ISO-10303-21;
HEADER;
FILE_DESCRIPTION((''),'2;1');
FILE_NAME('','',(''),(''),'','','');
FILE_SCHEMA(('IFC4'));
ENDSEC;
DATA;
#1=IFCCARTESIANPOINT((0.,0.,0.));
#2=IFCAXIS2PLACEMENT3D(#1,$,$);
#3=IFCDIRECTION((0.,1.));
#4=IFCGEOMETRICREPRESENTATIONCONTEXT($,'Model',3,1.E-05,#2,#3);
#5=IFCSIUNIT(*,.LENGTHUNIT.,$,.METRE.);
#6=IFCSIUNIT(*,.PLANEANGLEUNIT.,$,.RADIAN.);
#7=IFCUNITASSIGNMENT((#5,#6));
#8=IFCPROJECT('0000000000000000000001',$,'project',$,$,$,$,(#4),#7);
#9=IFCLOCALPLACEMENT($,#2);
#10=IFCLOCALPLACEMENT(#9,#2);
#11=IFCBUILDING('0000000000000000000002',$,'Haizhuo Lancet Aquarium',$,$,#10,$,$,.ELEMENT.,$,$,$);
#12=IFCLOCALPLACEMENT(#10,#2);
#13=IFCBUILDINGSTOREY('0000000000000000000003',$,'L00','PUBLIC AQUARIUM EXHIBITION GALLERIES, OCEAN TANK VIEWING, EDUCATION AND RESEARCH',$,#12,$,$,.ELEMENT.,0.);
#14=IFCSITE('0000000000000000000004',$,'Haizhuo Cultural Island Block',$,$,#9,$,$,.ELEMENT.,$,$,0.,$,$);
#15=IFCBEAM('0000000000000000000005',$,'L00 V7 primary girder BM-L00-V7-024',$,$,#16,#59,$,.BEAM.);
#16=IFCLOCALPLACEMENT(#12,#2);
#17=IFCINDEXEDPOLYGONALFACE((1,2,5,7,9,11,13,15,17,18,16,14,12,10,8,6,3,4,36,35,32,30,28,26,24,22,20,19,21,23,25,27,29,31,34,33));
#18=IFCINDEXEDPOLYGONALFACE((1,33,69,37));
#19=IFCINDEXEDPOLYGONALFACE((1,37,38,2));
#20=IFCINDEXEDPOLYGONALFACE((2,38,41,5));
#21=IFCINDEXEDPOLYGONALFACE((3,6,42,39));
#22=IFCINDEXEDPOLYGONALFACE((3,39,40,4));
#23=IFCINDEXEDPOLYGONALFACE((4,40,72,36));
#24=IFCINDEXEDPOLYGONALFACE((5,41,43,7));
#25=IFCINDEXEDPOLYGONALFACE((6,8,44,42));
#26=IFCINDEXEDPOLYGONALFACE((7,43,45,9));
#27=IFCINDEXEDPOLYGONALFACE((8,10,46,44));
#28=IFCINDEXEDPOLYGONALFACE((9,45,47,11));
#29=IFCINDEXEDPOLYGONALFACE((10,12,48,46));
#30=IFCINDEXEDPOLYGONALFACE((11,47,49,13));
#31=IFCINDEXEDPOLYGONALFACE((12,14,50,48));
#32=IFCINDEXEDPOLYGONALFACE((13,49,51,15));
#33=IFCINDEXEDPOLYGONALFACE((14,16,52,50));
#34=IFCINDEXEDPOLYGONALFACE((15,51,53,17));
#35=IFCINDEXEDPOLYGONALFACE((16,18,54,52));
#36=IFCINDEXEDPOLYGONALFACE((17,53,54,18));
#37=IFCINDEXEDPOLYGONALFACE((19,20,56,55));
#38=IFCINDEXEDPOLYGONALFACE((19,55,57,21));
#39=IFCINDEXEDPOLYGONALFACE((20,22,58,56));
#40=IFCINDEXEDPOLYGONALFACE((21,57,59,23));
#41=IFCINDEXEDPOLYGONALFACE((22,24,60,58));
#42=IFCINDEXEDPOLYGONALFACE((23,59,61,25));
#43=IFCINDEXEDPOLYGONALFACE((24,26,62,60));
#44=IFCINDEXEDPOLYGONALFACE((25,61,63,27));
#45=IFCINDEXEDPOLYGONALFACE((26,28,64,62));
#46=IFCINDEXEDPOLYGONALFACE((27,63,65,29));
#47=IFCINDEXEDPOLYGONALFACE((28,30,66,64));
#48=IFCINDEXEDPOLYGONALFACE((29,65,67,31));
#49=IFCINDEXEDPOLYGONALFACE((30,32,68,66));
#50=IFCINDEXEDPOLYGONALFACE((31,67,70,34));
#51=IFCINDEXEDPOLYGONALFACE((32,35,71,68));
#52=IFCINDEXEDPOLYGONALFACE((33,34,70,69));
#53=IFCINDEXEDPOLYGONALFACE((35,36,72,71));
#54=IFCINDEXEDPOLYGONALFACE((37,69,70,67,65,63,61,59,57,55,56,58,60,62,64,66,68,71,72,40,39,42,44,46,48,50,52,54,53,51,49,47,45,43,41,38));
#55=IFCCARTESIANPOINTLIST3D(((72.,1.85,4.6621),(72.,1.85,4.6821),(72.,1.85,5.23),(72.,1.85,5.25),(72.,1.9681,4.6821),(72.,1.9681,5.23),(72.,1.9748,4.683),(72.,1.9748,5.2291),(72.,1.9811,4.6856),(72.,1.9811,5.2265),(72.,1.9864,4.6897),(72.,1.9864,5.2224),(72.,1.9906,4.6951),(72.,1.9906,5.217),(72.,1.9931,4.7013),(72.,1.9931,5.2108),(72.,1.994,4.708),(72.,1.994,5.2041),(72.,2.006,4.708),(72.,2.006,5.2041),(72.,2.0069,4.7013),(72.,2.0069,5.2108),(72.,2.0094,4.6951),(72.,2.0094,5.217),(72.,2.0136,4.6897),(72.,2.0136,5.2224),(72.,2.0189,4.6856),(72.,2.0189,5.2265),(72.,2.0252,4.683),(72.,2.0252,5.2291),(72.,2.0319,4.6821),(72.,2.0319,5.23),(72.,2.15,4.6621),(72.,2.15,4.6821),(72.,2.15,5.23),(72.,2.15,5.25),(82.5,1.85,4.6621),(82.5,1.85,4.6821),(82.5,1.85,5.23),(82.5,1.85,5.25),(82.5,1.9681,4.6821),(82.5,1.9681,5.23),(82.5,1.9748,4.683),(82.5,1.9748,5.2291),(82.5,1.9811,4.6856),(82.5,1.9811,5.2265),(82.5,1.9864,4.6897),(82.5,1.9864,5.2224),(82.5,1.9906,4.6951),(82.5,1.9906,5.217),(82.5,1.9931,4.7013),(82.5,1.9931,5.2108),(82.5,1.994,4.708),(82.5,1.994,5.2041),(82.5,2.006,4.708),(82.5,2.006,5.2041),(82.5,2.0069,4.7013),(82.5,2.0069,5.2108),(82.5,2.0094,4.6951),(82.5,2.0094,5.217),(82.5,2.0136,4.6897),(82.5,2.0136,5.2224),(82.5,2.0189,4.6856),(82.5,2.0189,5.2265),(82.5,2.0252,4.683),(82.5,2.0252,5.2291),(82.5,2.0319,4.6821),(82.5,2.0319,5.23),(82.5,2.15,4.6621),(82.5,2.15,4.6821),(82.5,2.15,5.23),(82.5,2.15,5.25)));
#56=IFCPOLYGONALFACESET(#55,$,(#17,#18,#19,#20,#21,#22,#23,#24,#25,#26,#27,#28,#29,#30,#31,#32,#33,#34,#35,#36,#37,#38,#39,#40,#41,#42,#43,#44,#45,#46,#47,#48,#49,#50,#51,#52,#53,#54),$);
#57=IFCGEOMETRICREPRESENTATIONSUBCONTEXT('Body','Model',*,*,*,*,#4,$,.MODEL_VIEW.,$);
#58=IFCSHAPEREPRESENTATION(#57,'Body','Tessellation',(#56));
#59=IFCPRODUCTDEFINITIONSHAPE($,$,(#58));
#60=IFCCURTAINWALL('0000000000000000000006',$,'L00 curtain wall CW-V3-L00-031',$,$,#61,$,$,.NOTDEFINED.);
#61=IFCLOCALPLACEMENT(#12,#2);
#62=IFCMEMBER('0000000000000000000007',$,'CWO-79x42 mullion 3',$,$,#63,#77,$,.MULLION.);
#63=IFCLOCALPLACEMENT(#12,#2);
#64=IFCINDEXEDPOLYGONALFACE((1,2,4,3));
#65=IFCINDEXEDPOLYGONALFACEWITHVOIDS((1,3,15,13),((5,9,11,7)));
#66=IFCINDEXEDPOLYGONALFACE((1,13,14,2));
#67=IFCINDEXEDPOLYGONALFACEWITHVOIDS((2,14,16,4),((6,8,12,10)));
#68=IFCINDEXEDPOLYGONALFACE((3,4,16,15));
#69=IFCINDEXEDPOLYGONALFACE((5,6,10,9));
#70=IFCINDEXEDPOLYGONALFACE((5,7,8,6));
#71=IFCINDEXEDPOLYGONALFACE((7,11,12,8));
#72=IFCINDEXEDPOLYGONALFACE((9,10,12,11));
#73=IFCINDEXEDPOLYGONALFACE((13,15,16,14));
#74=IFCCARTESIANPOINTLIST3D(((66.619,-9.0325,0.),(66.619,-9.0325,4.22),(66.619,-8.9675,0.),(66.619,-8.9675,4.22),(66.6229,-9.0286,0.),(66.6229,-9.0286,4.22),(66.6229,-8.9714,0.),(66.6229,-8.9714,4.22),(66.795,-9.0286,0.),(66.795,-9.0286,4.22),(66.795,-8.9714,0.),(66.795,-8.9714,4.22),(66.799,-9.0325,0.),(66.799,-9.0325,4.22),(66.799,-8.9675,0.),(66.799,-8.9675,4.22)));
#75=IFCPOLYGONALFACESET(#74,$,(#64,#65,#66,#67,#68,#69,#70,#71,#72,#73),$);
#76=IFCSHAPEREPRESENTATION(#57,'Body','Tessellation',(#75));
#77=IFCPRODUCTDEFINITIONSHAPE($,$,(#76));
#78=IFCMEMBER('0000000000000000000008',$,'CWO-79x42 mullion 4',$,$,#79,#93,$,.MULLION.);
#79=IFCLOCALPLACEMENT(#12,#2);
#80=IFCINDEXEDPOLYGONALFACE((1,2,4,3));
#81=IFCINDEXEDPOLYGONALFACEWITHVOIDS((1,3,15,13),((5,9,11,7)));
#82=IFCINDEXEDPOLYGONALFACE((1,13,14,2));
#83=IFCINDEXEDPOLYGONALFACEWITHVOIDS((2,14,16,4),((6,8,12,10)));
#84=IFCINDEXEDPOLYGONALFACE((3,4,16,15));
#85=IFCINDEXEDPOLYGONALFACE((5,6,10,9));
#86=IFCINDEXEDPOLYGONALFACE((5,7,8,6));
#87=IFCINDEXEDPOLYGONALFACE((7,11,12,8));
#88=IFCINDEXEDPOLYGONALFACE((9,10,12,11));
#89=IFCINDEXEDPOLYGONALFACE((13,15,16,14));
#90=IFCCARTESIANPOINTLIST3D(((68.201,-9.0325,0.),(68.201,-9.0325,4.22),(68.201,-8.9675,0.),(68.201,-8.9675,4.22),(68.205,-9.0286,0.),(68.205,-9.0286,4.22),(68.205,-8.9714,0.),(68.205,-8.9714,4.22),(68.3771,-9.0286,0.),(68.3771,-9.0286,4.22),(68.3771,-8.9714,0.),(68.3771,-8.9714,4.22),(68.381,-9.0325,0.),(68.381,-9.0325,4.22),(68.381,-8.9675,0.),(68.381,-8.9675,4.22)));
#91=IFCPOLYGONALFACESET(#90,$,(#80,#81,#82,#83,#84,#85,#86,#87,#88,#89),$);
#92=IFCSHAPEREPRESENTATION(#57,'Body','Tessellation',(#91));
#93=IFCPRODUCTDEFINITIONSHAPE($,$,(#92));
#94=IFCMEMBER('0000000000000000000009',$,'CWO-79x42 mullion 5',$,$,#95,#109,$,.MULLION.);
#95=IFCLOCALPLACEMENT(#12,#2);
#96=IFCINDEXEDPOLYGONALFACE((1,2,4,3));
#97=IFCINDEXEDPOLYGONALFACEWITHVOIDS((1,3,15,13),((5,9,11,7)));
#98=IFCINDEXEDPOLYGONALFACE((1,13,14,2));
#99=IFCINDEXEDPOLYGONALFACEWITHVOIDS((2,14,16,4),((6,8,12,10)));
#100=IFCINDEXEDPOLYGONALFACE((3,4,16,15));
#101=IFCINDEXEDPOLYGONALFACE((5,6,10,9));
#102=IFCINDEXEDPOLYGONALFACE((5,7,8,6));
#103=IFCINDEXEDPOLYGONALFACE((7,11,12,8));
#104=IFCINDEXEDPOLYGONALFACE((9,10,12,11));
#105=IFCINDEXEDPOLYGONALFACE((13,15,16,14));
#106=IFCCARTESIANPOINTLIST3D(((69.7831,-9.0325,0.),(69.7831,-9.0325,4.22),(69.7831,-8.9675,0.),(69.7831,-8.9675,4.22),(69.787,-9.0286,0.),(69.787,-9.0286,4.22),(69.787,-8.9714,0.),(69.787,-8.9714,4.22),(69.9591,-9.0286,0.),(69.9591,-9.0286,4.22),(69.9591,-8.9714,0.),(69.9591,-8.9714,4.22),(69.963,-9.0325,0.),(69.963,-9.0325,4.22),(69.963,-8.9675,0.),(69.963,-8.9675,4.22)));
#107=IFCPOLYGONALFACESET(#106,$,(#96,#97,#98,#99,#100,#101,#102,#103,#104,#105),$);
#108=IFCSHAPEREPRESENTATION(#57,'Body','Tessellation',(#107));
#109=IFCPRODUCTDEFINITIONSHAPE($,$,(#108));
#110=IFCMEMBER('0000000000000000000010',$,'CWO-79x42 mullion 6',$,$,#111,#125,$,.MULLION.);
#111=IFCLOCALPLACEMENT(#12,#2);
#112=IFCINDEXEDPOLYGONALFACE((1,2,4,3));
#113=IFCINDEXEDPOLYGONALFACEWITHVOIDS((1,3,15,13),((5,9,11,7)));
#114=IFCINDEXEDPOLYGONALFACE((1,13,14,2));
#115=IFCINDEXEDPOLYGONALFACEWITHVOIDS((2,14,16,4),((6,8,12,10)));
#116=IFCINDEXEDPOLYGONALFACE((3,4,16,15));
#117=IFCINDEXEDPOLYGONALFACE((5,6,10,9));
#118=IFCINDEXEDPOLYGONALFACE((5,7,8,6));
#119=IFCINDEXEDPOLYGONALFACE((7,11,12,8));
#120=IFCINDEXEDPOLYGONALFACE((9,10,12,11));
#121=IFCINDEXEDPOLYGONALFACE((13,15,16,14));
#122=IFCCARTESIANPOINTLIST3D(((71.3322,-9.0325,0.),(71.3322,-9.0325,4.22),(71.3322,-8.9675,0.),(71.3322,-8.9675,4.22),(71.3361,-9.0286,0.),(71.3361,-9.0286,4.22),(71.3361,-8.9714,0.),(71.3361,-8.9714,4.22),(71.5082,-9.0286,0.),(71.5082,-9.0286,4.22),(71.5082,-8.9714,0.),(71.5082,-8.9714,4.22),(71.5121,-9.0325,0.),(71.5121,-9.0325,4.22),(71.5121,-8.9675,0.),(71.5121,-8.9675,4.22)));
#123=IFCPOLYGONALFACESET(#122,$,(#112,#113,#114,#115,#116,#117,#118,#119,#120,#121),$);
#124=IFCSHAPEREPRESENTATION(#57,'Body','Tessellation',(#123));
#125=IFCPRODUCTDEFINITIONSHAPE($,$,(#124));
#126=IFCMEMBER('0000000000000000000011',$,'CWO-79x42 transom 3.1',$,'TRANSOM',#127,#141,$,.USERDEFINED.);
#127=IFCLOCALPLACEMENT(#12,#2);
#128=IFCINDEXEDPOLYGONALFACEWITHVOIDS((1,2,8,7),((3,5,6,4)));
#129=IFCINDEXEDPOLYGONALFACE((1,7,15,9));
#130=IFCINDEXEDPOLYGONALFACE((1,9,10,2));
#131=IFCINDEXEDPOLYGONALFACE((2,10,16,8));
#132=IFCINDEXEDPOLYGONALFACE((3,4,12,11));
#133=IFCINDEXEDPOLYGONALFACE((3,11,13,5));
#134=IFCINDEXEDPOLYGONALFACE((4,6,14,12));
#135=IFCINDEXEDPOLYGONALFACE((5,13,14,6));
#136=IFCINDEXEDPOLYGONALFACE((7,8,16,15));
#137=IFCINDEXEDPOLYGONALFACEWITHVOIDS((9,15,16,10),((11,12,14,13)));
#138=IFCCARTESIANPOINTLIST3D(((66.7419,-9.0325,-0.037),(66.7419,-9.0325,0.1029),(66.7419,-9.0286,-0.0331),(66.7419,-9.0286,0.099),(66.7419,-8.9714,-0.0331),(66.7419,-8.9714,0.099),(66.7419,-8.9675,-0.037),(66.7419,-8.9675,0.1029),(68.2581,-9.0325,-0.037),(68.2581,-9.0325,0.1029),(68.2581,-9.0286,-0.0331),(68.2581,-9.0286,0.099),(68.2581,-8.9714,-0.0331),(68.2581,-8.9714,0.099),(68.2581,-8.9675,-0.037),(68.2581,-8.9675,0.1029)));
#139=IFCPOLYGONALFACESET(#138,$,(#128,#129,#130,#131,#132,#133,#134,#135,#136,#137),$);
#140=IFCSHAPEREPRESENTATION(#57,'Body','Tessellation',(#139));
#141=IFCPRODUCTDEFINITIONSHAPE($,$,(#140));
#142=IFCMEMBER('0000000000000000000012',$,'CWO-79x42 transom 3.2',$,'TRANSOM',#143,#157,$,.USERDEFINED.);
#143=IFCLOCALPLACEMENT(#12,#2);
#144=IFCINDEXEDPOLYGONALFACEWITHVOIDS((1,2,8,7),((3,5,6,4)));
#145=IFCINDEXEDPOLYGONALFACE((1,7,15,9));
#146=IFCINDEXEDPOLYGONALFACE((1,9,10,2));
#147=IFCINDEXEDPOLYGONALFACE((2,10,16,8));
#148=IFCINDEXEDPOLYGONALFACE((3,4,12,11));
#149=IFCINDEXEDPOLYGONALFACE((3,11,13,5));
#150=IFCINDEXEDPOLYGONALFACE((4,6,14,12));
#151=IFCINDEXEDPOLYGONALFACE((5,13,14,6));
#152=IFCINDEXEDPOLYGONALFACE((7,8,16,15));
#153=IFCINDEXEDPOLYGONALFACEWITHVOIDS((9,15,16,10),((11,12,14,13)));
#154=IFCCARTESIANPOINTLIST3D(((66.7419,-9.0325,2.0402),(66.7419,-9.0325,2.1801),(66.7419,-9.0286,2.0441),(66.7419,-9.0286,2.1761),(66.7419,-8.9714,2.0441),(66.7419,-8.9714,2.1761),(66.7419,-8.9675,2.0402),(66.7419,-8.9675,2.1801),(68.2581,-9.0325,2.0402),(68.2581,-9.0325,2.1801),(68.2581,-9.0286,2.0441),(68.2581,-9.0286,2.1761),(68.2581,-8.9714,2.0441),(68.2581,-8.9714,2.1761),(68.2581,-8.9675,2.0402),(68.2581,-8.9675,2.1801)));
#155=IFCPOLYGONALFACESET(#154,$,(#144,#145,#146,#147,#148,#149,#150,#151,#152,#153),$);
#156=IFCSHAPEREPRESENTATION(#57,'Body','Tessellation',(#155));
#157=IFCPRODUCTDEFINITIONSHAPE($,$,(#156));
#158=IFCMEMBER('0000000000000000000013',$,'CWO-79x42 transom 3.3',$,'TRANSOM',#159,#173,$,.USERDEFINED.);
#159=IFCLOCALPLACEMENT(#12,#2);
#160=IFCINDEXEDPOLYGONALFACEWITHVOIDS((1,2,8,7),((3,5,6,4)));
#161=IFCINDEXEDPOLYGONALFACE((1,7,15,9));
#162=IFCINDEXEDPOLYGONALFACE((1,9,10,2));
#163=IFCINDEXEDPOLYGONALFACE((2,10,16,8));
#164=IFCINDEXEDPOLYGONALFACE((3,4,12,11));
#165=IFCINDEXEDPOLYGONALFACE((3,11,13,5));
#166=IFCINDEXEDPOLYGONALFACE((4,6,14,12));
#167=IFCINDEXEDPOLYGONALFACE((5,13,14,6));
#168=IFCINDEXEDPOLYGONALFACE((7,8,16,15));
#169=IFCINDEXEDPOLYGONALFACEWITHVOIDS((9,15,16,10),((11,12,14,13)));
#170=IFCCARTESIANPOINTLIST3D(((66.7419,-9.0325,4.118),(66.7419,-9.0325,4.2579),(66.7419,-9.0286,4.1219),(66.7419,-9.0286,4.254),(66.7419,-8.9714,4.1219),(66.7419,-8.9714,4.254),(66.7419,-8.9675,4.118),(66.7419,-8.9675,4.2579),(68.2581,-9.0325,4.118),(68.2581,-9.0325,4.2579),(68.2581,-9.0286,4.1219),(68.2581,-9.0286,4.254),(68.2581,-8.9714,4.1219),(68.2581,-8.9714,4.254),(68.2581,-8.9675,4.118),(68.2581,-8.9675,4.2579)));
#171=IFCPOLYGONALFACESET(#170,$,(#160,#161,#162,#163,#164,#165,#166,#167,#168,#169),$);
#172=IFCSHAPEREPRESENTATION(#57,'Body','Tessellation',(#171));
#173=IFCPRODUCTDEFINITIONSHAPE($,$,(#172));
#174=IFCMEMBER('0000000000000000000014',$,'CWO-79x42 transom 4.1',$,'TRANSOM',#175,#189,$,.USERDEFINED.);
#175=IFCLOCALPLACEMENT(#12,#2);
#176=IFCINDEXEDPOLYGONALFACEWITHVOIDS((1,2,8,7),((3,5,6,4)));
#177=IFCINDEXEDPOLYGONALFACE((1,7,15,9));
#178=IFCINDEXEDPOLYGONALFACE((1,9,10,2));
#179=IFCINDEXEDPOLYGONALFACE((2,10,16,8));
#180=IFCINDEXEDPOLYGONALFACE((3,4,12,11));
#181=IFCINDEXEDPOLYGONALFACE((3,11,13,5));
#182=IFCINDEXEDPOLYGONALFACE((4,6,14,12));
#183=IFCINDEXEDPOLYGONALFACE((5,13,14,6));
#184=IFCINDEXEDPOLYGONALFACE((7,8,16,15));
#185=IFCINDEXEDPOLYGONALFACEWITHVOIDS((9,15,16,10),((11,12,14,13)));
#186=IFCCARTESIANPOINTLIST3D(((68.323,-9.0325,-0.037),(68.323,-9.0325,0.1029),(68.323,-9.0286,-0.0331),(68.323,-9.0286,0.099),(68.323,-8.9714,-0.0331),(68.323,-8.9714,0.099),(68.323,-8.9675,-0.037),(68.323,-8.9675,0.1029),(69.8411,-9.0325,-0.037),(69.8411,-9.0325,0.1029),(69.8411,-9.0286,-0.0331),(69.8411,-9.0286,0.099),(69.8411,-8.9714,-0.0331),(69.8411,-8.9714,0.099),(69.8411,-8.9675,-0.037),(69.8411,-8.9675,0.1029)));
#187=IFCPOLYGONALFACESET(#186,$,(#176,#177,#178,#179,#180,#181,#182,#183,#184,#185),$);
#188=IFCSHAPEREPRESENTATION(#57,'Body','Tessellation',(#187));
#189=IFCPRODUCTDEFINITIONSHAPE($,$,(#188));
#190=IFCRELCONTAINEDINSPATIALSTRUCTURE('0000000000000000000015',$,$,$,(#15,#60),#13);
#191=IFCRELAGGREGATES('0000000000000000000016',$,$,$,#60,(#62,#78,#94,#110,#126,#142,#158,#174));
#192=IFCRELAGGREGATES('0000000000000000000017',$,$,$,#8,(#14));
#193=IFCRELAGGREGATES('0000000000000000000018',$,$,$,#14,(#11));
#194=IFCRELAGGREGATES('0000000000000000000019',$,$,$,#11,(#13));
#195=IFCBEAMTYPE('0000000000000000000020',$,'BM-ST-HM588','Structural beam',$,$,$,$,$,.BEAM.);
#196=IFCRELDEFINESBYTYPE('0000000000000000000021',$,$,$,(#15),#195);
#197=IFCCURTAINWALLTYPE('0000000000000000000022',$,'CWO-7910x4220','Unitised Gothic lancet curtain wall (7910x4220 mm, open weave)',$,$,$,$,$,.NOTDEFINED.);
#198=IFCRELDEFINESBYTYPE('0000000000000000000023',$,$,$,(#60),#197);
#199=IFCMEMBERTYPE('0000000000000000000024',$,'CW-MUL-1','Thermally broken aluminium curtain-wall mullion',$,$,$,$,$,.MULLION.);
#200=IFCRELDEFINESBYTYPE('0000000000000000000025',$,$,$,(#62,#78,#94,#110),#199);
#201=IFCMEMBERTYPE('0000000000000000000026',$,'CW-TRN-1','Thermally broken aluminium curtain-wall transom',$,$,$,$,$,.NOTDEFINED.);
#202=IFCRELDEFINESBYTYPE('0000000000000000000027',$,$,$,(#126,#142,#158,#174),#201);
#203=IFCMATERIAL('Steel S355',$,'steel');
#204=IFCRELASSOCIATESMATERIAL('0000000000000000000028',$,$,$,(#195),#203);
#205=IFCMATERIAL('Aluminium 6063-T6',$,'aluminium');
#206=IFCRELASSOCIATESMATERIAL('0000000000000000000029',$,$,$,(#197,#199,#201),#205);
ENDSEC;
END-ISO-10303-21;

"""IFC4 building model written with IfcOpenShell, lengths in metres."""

from ifc_helpers import new_model, si_unit, direction, frame, origin, origin_2d, place, context, subcontext, project, spatial, hollow_rectangle, i_section, extrude, material, material_profile, profile_set, type_object, element, aggregate, save


model = new_model("IFC4")

# Units and contexts
model_context = context("Model", 3, precision=1e-05, world=origin(), true_north=direction((0.0, 1.0)))
body_context = subcontext(model_context, "Body", "Model", "MODEL_VIEW")
ifc_project = project(units=[si_unit("LENGTHUNIT", "METRE"), si_unit("PLANEANGLEUNIT", "RADIAN")], contexts=[model_context])

# Site, building, storey
site_placement = place(None, origin())
site = spatial("IfcSite", under=ifc_project, at=site_placement, Name="Haizhuo Cultural Island Block", CompositionType="ELEMENT", RefElevation=0.0)
building_placement = place(site_placement, origin())
building = spatial("IfcBuilding", under=site, at=building_placement, Name="Haizhuo Lancet Aquarium", CompositionType="ELEMENT")
storey_placement = place(building_placement, origin())
storey = spatial("IfcBuildingStorey", under=building, at=storey_placement, Name="L00", Description="PUBLIC AQUARIUM EXHIBITION GALLERIES, OCEAN TANK VIEWING, EDUCATION AND RESEARCH", CompositionType="ELEMENT", Elevation=0.0)

# Shared definitions
ifc_material_1 = material(Name="Steel S355", Category="steel")

# Beam
ifc_material_profile_1 = material_profile(ifc_material_1, i_section(OverallWidth=0.3, OverallDepth=0.5879, WebThickness=0.012, FlangeThickness=0.02, FilletRadius=0.0259, at=origin_2d()), Name="HM 588x300x12x20")
ifc_profile_set_1 = profile_set([ifc_material_profile_1], Name="Steel S355")
beam_type_1 = type_object("IfcBeamType", Name="BM-ST-HM588", Description="Structural beam", PredefinedType="BEAM", material=ifc_profile_set_1)
beam_1_placement = place(storey_placement, frame((72.0, 2.0, 4.9561), z_axis=(1.0, 0.0, 0.0), x_axis=(0.0, 1.0, 0.0)))
element("IfcBeam", 1, at=beam_1_placement, inside=storey, type_object=beam_type_1, Name="L00 V7 primary girder BM-L00-V7-024", PredefinedType="BEAM", context=body_context, shape_type="SweptSolid", body=[
    extrude(i_section(OverallWidth=0.3, OverallDepth=0.5879, WebThickness=0.012, FlangeThickness=0.02, FilletRadius=0.0259, at=origin_2d()), origin(), (0.0, 0.0, 1.0), 10.5),
])

# Curtain wall, members
ifc_material_2 = material(Name="Aluminium 6063-T6", Category="aluminium")
curtain_wall_type = type_object("IfcCurtainWallType", Name="CWO-7910x4220", Description="Unitised Gothic lancet curtain wall (7910x4220 mm, open weave)", PredefinedType="NOTDEFINED", material=ifc_material_2)
curtain_wall_placement = place(storey_placement, origin())
curtain_wall = element("IfcCurtainWall", 2, at=curtain_wall_placement, inside=storey, type_object=curtain_wall_type, Name="L00 curtain wall CW-V3-L00-031", PredefinedType="NOTDEFINED")
ifc_material_profile_2 = material_profile(ifc_material_2, hollow_rectangle(XDim=0.0649, YDim=0.1799, WallThickness=0.0039, at=origin_2d()), Name="ALU-M 65x180x4")
ifc_profile_set_2 = profile_set([ifc_material_profile_2], Name="Aluminium 6063-T6")
member_type_1 = type_object("IfcMemberType", Name="CW-MUL-1", Description="Thermally broken aluminium curtain-wall mullion", PredefinedType="MULLION", material=ifc_profile_set_2)
member_1_placement = place(storey_placement, frame((66.709, -9.0, 0.0), z_axis=(0.0, 0.0, 1.0), x_axis=(0.0, 1.0, 0.0)))
member_1 = element("IfcMember", 3, at=member_1_placement, type_object=member_type_1, Name="CWO-79x42 mullion 3", PredefinedType="MULLION", context=body_context, shape_type="SweptSolid", body=[
    extrude(hollow_rectangle(XDim=0.0649, YDim=0.1799, WallThickness=0.0039, at=origin_2d()), origin(), (0.0, 0.0, 1.0), 4.22),
])
member_2_placement = place(storey_placement, frame((68.291, -9.0, 0.0), z_axis=(0.0, 0.0, 1.0), x_axis=(0.0, 1.0, 0.0)))
member_2 = element("IfcMember", 4, at=member_2_placement, type_object=member_type_1, Name="CWO-79x42 mullion 4", PredefinedType="MULLION", context=body_context, shape_type="SweptSolid", body=[
    extrude(hollow_rectangle(XDim=0.0649, YDim=0.1799, WallThickness=0.0039, at=origin_2d()), origin(), (0.0, 0.0, 1.0), 4.22),
])
member_3_placement = place(storey_placement, frame((69.873, -9.0, 0.0), z_axis=(0.0, 0.0, 1.0), x_axis=(0.0, 1.0, 0.0)))
member_3 = element("IfcMember", 5, at=member_3_placement, type_object=member_type_1, Name="CWO-79x42 mullion 5", PredefinedType="MULLION", context=body_context, shape_type="SweptSolid", body=[
    extrude(hollow_rectangle(XDim=0.0649, YDim=0.1799, WallThickness=0.0039, at=origin_2d()), origin(), (0.0, 0.0, 1.0), 4.22),
])
member_4_placement = place(storey_placement, frame((71.4221, -9.0, 0.0), z_axis=(0.0, 0.0, 1.0), x_axis=(0.0, 1.0, 0.0)))
member_4 = element("IfcMember", 6, at=member_4_placement, type_object=member_type_1, Name="CWO-79x42 mullion 6", PredefinedType="MULLION", context=body_context, shape_type="SweptSolid", body=[
    extrude(hollow_rectangle(XDim=0.0649, YDim=0.1799, WallThickness=0.0039, at=origin_2d()), origin(), (0.0, 0.0, 1.0), 4.22),
])
ifc_material_profile_3 = material_profile(ifc_material_2, hollow_rectangle(XDim=0.0649, YDim=0.1399, WallThickness=0.0039, at=origin_2d()), Name="ALU-T 65x140x4")
ifc_profile_set_3 = profile_set([ifc_material_profile_3], Name="Aluminium 6063-T6")
member_type_2 = type_object("IfcMemberType", Name="CW-TRN-1", Description="Thermally broken aluminium curtain-wall transom", PredefinedType="NOTDEFINED", material=ifc_profile_set_3)
member_5_placement = place(storey_placement, frame((66.7419, -9.0, 0.033), z_axis=(1.0, 0.0, 0.0), x_axis=(0.0, 1.0, 0.0)))
member_5 = element("IfcMember", 7, at=member_5_placement, type_object=member_type_2, Name="CWO-79x42 transom 3.1", ObjectType="TRANSOM", PredefinedType="USERDEFINED", context=body_context, shape_type="SweptSolid", body=[
    extrude(hollow_rectangle(XDim=0.0649, YDim=0.1399, WallThickness=0.0039, at=origin_2d()), origin(), (0.0, 0.0, 1.0), 1.5161),
])
member_6_placement = place(storey_placement, frame((66.7419, -9.0, 2.1101), z_axis=(1.0, 0.0, 0.0), x_axis=(0.0, 1.0, 0.0)))
member_6 = element("IfcMember", 8, at=member_6_placement, type_object=member_type_2, Name="CWO-79x42 transom 3.2", ObjectType="TRANSOM", PredefinedType="USERDEFINED", context=body_context, shape_type="SweptSolid", body=[
    extrude(hollow_rectangle(XDim=0.0649, YDim=0.1399, WallThickness=0.0039, at=origin_2d()), origin(), (0.0, 0.0, 1.0), 1.5161),
])
member_7_placement = place(storey_placement, frame((66.7419, -9.0, 4.188), z_axis=(1.0, 0.0, 0.0), x_axis=(0.0, 1.0, 0.0)))
member_7 = element("IfcMember", 9, at=member_7_placement, type_object=member_type_2, Name="CWO-79x42 transom 3.3", ObjectType="TRANSOM", PredefinedType="USERDEFINED", context=body_context, shape_type="SweptSolid", body=[
    extrude(hollow_rectangle(XDim=0.0649, YDim=0.1399, WallThickness=0.0039, at=origin_2d()), origin(), (0.0, 0.0, 1.0), 1.5161),
])
member_8_placement = place(storey_placement, frame((68.323, -9.0, 0.033), z_axis=(1.0, 0.0, 0.0), x_axis=(0.0, 1.0, 0.0)))
member_8 = element("IfcMember", 10, at=member_8_placement, type_object=member_type_2, Name="CWO-79x42 transom 4.1", ObjectType="TRANSOM", PredefinedType="USERDEFINED", context=body_context, shape_type="SweptSolid", body=[
    extrude(hollow_rectangle(XDim=0.0649, YDim=0.1399, WallThickness=0.0039, at=origin_2d()), origin(), (0.0, 0.0, 1.0), 1.5181),
])

aggregate(curtain_wall, [member_1, member_2, member_3, member_4, member_5, member_6, member_7, member_8])

save(model, "model.ifc")
